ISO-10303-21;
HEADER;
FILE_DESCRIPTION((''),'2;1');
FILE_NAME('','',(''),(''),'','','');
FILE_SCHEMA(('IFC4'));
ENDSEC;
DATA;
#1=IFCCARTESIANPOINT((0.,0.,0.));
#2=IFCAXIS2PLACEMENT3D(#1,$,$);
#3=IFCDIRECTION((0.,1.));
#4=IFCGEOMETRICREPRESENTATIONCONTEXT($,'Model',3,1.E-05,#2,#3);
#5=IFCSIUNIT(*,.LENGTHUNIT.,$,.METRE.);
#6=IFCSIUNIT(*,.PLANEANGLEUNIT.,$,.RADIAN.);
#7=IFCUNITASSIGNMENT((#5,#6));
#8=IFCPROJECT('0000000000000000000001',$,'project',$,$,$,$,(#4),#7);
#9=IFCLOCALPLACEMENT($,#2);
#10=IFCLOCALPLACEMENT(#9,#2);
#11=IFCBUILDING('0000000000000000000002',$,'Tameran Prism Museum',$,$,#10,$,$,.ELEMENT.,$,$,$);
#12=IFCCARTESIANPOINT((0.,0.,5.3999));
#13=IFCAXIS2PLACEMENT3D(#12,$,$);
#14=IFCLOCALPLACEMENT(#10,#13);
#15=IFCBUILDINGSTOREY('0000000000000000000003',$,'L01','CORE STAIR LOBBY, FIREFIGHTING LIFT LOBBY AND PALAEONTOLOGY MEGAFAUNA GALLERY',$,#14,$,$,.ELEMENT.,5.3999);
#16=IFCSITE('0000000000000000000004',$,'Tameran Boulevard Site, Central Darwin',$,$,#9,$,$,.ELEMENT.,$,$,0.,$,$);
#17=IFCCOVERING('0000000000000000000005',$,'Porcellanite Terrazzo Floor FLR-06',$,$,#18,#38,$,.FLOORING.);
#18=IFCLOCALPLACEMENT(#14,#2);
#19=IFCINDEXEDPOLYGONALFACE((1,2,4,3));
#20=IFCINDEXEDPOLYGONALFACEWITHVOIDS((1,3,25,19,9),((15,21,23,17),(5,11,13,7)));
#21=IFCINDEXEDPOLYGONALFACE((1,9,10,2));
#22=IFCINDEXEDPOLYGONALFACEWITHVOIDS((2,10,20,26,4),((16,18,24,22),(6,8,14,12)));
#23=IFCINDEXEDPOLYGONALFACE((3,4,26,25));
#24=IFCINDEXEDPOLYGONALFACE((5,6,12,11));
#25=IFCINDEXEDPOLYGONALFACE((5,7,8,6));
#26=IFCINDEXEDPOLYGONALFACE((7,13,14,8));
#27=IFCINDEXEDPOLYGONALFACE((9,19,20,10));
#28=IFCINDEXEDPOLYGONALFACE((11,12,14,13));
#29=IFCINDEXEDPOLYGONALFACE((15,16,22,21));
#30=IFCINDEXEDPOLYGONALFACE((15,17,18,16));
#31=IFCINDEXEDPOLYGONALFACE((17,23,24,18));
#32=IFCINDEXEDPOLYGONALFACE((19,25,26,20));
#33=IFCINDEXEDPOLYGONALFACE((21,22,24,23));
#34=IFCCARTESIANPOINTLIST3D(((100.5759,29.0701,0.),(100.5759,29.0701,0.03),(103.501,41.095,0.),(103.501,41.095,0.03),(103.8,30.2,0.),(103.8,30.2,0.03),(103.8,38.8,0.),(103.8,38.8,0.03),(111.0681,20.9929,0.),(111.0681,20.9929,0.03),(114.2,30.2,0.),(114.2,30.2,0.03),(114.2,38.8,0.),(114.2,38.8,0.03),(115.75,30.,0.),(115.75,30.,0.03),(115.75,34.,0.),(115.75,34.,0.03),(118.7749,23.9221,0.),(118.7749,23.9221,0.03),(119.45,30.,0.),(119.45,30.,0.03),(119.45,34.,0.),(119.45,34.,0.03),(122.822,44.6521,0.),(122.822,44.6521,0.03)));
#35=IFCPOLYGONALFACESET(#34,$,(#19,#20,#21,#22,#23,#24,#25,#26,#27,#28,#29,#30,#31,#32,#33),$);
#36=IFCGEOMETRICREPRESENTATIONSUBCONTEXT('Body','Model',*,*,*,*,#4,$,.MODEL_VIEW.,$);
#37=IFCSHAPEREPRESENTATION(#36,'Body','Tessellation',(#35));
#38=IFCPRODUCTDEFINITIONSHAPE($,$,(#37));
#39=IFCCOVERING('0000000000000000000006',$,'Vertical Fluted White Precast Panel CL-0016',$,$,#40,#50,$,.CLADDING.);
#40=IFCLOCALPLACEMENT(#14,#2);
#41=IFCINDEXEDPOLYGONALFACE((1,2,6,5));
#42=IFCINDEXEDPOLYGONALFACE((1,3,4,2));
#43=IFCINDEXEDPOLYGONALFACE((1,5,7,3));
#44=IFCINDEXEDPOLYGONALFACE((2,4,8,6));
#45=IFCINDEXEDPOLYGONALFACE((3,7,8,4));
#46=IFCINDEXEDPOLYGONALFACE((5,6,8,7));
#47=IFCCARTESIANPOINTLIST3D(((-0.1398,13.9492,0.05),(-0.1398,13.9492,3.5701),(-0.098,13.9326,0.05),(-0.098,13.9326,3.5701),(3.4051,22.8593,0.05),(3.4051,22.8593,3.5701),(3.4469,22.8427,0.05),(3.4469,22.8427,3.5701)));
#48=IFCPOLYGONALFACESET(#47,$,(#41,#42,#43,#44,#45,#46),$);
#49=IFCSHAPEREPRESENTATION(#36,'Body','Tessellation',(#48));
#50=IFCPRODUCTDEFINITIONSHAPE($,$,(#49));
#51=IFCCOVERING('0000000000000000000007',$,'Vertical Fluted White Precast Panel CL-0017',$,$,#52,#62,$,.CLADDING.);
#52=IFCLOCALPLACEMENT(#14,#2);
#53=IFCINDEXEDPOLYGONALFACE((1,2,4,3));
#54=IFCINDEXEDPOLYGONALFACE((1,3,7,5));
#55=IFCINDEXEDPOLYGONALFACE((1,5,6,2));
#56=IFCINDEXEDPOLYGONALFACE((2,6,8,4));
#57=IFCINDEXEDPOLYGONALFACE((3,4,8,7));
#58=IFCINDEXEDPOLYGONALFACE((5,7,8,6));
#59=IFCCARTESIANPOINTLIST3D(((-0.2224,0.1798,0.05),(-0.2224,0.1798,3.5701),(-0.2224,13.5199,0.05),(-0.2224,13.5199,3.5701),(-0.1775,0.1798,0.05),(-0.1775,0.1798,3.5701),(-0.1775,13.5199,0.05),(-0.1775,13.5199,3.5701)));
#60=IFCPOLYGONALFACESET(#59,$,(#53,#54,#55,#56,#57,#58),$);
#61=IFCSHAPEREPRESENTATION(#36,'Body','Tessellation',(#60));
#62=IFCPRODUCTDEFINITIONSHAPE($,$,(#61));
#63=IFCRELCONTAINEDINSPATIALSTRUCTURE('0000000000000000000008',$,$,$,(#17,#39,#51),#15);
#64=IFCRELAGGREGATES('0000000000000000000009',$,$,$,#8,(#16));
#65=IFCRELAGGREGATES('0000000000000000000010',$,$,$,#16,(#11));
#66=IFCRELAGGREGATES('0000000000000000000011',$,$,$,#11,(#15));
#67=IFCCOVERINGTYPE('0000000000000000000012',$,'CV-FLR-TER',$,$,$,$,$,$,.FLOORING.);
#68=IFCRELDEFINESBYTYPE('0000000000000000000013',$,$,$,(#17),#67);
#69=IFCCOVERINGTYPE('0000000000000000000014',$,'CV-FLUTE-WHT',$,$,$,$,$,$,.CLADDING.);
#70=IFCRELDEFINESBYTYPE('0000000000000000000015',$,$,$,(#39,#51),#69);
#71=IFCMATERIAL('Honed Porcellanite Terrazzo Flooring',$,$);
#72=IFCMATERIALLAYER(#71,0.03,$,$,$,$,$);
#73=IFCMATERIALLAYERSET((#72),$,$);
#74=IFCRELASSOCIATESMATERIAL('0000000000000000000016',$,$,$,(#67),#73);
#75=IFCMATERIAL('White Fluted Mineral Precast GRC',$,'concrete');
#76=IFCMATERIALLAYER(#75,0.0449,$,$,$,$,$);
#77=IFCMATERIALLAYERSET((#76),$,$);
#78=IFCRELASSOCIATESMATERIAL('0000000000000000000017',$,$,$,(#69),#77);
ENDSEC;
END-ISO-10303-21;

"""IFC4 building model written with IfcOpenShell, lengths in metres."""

from ifc_helpers import new_model, si_unit, direction, frame, frame_2d, origin, place, context, subcontext, project, spatial, polyline, rectangle, outline, extrude, material, layer, layer_set, type_object, element, save


model = new_model("IFC4")

# Units and contexts
model_context = context("Model", 3, precision=1e-05, world=origin(), true_north=direction((0.0, 1.0)))
body_context = subcontext(model_context, "Body", "Model", "MODEL_VIEW")
ifc_project = project(units=[si_unit("LENGTHUNIT", "METRE"), si_unit("PLANEANGLEUNIT", "RADIAN")], contexts=[model_context])

# Site, building, storey
site_placement = place(None, origin())
site = spatial("IfcSite", under=ifc_project, at=site_placement, Name="Tameran Boulevard Site, Central Darwin", CompositionType="ELEMENT", RefElevation=0.0)
building_placement = place(site_placement, origin())
building = spatial("IfcBuilding", under=site, at=building_placement, Name="Tameran Prism Museum", CompositionType="ELEMENT")
storey_placement = place(building_placement, frame((0.0, 0.0, 5.3999)))
storey = spatial("IfcBuildingStorey", under=building, at=storey_placement, Name="L01", Description="CORE STAIR LOBBY, FIREFIGHTING LIFT LOBBY AND PALAEONTOLOGY MEGAFAUNA GALLERY", CompositionType="ELEMENT", Elevation=5.3999)

# Coverings
ifc_material_1 = material(Name="Honed Porcellanite Terrazzo Flooring")
ifc_layer_1 = layer(ifc_material_1, 0.03)
ifc_layer_set_1 = layer_set([ifc_layer_1])
covering_type_1 = type_object("IfcCoveringType", Name="CV-FLR-TER", PredefinedType="FLOORING", material=ifc_layer_set_1)
covering_1_placement = place(storey_placement, origin())
element("IfcCovering", 1, at=covering_1_placement, inside=storey, type_object=covering_type_1, Name="Porcellanite Terrazzo Floor FLR-06", PredefinedType="FLOORING", context=body_context, shape_type="SweptSolid", body=[
    extrude(outline(polyline([(103.501, 41.095), (122.822, 44.6521), (118.7749, 23.9221), (111.0681, 20.9929), (100.5759, 29.0701), (103.501, 41.095)]), holes=[polyline([(119.45, 34.0), (115.75, 34.0), (115.75, 30.0), (119.45, 30.0), (119.45, 34.0)]), polyline([(114.2, 30.2), (114.2, 38.8), (103.8, 38.8), (103.8, 30.2), (114.2, 30.2)])]), origin(), (0.0, 0.0, 1.0), 0.03),
])
ifc_material_2 = material(Name="White Fluted Mineral Precast GRC", Category="concrete")
ifc_layer_2 = layer(ifc_material_2, 0.0449)
ifc_layer_set_2 = layer_set([ifc_layer_2])
covering_type_2 = type_object("IfcCoveringType", Name="CV-FLUTE-WHT", PredefinedType="CLADDING", material=ifc_layer_set_2)
covering_2_placement = place(storey_placement, frame((-0.1189, 13.9409, 0.05), z_axis=(0.0, 0.0, 1.0), x_axis=(0.369669, 0.929163, 0.0)))
element("IfcCovering", 2, at=covering_2_placement, inside=storey, type_object=covering_type_2, Name="Vertical Fluted White Precast Panel CL-0016", PredefinedType="CLADDING", context=body_context, shape_type="SweptSolid", body=[
    extrude(rectangle(XDim=9.5894, YDim=0.0449, at=frame_2d((4.7947, 0.0))), origin(), (0.0, 0.0, 1.0), 3.52),
])
covering_3_placement = place(storey_placement, frame((-0.2, 0.1799, 0.05), z_axis=(0.0, 0.0, 1.0), x_axis=(0.0, 1.0, 0.0)))
element("IfcCovering", 3, at=covering_3_placement, inside=storey, type_object=covering_type_2, Name="Vertical Fluted White Precast Panel CL-0017", PredefinedType="CLADDING", context=body_context, shape_type="SweptSolid", body=[
    extrude(rectangle(XDim=13.3401, YDim=0.0449, at=frame_2d((6.6699, 0.0))), origin(), (0.0, 0.0, 1.0), 3.52),
])

save(model, "model.ifc")
